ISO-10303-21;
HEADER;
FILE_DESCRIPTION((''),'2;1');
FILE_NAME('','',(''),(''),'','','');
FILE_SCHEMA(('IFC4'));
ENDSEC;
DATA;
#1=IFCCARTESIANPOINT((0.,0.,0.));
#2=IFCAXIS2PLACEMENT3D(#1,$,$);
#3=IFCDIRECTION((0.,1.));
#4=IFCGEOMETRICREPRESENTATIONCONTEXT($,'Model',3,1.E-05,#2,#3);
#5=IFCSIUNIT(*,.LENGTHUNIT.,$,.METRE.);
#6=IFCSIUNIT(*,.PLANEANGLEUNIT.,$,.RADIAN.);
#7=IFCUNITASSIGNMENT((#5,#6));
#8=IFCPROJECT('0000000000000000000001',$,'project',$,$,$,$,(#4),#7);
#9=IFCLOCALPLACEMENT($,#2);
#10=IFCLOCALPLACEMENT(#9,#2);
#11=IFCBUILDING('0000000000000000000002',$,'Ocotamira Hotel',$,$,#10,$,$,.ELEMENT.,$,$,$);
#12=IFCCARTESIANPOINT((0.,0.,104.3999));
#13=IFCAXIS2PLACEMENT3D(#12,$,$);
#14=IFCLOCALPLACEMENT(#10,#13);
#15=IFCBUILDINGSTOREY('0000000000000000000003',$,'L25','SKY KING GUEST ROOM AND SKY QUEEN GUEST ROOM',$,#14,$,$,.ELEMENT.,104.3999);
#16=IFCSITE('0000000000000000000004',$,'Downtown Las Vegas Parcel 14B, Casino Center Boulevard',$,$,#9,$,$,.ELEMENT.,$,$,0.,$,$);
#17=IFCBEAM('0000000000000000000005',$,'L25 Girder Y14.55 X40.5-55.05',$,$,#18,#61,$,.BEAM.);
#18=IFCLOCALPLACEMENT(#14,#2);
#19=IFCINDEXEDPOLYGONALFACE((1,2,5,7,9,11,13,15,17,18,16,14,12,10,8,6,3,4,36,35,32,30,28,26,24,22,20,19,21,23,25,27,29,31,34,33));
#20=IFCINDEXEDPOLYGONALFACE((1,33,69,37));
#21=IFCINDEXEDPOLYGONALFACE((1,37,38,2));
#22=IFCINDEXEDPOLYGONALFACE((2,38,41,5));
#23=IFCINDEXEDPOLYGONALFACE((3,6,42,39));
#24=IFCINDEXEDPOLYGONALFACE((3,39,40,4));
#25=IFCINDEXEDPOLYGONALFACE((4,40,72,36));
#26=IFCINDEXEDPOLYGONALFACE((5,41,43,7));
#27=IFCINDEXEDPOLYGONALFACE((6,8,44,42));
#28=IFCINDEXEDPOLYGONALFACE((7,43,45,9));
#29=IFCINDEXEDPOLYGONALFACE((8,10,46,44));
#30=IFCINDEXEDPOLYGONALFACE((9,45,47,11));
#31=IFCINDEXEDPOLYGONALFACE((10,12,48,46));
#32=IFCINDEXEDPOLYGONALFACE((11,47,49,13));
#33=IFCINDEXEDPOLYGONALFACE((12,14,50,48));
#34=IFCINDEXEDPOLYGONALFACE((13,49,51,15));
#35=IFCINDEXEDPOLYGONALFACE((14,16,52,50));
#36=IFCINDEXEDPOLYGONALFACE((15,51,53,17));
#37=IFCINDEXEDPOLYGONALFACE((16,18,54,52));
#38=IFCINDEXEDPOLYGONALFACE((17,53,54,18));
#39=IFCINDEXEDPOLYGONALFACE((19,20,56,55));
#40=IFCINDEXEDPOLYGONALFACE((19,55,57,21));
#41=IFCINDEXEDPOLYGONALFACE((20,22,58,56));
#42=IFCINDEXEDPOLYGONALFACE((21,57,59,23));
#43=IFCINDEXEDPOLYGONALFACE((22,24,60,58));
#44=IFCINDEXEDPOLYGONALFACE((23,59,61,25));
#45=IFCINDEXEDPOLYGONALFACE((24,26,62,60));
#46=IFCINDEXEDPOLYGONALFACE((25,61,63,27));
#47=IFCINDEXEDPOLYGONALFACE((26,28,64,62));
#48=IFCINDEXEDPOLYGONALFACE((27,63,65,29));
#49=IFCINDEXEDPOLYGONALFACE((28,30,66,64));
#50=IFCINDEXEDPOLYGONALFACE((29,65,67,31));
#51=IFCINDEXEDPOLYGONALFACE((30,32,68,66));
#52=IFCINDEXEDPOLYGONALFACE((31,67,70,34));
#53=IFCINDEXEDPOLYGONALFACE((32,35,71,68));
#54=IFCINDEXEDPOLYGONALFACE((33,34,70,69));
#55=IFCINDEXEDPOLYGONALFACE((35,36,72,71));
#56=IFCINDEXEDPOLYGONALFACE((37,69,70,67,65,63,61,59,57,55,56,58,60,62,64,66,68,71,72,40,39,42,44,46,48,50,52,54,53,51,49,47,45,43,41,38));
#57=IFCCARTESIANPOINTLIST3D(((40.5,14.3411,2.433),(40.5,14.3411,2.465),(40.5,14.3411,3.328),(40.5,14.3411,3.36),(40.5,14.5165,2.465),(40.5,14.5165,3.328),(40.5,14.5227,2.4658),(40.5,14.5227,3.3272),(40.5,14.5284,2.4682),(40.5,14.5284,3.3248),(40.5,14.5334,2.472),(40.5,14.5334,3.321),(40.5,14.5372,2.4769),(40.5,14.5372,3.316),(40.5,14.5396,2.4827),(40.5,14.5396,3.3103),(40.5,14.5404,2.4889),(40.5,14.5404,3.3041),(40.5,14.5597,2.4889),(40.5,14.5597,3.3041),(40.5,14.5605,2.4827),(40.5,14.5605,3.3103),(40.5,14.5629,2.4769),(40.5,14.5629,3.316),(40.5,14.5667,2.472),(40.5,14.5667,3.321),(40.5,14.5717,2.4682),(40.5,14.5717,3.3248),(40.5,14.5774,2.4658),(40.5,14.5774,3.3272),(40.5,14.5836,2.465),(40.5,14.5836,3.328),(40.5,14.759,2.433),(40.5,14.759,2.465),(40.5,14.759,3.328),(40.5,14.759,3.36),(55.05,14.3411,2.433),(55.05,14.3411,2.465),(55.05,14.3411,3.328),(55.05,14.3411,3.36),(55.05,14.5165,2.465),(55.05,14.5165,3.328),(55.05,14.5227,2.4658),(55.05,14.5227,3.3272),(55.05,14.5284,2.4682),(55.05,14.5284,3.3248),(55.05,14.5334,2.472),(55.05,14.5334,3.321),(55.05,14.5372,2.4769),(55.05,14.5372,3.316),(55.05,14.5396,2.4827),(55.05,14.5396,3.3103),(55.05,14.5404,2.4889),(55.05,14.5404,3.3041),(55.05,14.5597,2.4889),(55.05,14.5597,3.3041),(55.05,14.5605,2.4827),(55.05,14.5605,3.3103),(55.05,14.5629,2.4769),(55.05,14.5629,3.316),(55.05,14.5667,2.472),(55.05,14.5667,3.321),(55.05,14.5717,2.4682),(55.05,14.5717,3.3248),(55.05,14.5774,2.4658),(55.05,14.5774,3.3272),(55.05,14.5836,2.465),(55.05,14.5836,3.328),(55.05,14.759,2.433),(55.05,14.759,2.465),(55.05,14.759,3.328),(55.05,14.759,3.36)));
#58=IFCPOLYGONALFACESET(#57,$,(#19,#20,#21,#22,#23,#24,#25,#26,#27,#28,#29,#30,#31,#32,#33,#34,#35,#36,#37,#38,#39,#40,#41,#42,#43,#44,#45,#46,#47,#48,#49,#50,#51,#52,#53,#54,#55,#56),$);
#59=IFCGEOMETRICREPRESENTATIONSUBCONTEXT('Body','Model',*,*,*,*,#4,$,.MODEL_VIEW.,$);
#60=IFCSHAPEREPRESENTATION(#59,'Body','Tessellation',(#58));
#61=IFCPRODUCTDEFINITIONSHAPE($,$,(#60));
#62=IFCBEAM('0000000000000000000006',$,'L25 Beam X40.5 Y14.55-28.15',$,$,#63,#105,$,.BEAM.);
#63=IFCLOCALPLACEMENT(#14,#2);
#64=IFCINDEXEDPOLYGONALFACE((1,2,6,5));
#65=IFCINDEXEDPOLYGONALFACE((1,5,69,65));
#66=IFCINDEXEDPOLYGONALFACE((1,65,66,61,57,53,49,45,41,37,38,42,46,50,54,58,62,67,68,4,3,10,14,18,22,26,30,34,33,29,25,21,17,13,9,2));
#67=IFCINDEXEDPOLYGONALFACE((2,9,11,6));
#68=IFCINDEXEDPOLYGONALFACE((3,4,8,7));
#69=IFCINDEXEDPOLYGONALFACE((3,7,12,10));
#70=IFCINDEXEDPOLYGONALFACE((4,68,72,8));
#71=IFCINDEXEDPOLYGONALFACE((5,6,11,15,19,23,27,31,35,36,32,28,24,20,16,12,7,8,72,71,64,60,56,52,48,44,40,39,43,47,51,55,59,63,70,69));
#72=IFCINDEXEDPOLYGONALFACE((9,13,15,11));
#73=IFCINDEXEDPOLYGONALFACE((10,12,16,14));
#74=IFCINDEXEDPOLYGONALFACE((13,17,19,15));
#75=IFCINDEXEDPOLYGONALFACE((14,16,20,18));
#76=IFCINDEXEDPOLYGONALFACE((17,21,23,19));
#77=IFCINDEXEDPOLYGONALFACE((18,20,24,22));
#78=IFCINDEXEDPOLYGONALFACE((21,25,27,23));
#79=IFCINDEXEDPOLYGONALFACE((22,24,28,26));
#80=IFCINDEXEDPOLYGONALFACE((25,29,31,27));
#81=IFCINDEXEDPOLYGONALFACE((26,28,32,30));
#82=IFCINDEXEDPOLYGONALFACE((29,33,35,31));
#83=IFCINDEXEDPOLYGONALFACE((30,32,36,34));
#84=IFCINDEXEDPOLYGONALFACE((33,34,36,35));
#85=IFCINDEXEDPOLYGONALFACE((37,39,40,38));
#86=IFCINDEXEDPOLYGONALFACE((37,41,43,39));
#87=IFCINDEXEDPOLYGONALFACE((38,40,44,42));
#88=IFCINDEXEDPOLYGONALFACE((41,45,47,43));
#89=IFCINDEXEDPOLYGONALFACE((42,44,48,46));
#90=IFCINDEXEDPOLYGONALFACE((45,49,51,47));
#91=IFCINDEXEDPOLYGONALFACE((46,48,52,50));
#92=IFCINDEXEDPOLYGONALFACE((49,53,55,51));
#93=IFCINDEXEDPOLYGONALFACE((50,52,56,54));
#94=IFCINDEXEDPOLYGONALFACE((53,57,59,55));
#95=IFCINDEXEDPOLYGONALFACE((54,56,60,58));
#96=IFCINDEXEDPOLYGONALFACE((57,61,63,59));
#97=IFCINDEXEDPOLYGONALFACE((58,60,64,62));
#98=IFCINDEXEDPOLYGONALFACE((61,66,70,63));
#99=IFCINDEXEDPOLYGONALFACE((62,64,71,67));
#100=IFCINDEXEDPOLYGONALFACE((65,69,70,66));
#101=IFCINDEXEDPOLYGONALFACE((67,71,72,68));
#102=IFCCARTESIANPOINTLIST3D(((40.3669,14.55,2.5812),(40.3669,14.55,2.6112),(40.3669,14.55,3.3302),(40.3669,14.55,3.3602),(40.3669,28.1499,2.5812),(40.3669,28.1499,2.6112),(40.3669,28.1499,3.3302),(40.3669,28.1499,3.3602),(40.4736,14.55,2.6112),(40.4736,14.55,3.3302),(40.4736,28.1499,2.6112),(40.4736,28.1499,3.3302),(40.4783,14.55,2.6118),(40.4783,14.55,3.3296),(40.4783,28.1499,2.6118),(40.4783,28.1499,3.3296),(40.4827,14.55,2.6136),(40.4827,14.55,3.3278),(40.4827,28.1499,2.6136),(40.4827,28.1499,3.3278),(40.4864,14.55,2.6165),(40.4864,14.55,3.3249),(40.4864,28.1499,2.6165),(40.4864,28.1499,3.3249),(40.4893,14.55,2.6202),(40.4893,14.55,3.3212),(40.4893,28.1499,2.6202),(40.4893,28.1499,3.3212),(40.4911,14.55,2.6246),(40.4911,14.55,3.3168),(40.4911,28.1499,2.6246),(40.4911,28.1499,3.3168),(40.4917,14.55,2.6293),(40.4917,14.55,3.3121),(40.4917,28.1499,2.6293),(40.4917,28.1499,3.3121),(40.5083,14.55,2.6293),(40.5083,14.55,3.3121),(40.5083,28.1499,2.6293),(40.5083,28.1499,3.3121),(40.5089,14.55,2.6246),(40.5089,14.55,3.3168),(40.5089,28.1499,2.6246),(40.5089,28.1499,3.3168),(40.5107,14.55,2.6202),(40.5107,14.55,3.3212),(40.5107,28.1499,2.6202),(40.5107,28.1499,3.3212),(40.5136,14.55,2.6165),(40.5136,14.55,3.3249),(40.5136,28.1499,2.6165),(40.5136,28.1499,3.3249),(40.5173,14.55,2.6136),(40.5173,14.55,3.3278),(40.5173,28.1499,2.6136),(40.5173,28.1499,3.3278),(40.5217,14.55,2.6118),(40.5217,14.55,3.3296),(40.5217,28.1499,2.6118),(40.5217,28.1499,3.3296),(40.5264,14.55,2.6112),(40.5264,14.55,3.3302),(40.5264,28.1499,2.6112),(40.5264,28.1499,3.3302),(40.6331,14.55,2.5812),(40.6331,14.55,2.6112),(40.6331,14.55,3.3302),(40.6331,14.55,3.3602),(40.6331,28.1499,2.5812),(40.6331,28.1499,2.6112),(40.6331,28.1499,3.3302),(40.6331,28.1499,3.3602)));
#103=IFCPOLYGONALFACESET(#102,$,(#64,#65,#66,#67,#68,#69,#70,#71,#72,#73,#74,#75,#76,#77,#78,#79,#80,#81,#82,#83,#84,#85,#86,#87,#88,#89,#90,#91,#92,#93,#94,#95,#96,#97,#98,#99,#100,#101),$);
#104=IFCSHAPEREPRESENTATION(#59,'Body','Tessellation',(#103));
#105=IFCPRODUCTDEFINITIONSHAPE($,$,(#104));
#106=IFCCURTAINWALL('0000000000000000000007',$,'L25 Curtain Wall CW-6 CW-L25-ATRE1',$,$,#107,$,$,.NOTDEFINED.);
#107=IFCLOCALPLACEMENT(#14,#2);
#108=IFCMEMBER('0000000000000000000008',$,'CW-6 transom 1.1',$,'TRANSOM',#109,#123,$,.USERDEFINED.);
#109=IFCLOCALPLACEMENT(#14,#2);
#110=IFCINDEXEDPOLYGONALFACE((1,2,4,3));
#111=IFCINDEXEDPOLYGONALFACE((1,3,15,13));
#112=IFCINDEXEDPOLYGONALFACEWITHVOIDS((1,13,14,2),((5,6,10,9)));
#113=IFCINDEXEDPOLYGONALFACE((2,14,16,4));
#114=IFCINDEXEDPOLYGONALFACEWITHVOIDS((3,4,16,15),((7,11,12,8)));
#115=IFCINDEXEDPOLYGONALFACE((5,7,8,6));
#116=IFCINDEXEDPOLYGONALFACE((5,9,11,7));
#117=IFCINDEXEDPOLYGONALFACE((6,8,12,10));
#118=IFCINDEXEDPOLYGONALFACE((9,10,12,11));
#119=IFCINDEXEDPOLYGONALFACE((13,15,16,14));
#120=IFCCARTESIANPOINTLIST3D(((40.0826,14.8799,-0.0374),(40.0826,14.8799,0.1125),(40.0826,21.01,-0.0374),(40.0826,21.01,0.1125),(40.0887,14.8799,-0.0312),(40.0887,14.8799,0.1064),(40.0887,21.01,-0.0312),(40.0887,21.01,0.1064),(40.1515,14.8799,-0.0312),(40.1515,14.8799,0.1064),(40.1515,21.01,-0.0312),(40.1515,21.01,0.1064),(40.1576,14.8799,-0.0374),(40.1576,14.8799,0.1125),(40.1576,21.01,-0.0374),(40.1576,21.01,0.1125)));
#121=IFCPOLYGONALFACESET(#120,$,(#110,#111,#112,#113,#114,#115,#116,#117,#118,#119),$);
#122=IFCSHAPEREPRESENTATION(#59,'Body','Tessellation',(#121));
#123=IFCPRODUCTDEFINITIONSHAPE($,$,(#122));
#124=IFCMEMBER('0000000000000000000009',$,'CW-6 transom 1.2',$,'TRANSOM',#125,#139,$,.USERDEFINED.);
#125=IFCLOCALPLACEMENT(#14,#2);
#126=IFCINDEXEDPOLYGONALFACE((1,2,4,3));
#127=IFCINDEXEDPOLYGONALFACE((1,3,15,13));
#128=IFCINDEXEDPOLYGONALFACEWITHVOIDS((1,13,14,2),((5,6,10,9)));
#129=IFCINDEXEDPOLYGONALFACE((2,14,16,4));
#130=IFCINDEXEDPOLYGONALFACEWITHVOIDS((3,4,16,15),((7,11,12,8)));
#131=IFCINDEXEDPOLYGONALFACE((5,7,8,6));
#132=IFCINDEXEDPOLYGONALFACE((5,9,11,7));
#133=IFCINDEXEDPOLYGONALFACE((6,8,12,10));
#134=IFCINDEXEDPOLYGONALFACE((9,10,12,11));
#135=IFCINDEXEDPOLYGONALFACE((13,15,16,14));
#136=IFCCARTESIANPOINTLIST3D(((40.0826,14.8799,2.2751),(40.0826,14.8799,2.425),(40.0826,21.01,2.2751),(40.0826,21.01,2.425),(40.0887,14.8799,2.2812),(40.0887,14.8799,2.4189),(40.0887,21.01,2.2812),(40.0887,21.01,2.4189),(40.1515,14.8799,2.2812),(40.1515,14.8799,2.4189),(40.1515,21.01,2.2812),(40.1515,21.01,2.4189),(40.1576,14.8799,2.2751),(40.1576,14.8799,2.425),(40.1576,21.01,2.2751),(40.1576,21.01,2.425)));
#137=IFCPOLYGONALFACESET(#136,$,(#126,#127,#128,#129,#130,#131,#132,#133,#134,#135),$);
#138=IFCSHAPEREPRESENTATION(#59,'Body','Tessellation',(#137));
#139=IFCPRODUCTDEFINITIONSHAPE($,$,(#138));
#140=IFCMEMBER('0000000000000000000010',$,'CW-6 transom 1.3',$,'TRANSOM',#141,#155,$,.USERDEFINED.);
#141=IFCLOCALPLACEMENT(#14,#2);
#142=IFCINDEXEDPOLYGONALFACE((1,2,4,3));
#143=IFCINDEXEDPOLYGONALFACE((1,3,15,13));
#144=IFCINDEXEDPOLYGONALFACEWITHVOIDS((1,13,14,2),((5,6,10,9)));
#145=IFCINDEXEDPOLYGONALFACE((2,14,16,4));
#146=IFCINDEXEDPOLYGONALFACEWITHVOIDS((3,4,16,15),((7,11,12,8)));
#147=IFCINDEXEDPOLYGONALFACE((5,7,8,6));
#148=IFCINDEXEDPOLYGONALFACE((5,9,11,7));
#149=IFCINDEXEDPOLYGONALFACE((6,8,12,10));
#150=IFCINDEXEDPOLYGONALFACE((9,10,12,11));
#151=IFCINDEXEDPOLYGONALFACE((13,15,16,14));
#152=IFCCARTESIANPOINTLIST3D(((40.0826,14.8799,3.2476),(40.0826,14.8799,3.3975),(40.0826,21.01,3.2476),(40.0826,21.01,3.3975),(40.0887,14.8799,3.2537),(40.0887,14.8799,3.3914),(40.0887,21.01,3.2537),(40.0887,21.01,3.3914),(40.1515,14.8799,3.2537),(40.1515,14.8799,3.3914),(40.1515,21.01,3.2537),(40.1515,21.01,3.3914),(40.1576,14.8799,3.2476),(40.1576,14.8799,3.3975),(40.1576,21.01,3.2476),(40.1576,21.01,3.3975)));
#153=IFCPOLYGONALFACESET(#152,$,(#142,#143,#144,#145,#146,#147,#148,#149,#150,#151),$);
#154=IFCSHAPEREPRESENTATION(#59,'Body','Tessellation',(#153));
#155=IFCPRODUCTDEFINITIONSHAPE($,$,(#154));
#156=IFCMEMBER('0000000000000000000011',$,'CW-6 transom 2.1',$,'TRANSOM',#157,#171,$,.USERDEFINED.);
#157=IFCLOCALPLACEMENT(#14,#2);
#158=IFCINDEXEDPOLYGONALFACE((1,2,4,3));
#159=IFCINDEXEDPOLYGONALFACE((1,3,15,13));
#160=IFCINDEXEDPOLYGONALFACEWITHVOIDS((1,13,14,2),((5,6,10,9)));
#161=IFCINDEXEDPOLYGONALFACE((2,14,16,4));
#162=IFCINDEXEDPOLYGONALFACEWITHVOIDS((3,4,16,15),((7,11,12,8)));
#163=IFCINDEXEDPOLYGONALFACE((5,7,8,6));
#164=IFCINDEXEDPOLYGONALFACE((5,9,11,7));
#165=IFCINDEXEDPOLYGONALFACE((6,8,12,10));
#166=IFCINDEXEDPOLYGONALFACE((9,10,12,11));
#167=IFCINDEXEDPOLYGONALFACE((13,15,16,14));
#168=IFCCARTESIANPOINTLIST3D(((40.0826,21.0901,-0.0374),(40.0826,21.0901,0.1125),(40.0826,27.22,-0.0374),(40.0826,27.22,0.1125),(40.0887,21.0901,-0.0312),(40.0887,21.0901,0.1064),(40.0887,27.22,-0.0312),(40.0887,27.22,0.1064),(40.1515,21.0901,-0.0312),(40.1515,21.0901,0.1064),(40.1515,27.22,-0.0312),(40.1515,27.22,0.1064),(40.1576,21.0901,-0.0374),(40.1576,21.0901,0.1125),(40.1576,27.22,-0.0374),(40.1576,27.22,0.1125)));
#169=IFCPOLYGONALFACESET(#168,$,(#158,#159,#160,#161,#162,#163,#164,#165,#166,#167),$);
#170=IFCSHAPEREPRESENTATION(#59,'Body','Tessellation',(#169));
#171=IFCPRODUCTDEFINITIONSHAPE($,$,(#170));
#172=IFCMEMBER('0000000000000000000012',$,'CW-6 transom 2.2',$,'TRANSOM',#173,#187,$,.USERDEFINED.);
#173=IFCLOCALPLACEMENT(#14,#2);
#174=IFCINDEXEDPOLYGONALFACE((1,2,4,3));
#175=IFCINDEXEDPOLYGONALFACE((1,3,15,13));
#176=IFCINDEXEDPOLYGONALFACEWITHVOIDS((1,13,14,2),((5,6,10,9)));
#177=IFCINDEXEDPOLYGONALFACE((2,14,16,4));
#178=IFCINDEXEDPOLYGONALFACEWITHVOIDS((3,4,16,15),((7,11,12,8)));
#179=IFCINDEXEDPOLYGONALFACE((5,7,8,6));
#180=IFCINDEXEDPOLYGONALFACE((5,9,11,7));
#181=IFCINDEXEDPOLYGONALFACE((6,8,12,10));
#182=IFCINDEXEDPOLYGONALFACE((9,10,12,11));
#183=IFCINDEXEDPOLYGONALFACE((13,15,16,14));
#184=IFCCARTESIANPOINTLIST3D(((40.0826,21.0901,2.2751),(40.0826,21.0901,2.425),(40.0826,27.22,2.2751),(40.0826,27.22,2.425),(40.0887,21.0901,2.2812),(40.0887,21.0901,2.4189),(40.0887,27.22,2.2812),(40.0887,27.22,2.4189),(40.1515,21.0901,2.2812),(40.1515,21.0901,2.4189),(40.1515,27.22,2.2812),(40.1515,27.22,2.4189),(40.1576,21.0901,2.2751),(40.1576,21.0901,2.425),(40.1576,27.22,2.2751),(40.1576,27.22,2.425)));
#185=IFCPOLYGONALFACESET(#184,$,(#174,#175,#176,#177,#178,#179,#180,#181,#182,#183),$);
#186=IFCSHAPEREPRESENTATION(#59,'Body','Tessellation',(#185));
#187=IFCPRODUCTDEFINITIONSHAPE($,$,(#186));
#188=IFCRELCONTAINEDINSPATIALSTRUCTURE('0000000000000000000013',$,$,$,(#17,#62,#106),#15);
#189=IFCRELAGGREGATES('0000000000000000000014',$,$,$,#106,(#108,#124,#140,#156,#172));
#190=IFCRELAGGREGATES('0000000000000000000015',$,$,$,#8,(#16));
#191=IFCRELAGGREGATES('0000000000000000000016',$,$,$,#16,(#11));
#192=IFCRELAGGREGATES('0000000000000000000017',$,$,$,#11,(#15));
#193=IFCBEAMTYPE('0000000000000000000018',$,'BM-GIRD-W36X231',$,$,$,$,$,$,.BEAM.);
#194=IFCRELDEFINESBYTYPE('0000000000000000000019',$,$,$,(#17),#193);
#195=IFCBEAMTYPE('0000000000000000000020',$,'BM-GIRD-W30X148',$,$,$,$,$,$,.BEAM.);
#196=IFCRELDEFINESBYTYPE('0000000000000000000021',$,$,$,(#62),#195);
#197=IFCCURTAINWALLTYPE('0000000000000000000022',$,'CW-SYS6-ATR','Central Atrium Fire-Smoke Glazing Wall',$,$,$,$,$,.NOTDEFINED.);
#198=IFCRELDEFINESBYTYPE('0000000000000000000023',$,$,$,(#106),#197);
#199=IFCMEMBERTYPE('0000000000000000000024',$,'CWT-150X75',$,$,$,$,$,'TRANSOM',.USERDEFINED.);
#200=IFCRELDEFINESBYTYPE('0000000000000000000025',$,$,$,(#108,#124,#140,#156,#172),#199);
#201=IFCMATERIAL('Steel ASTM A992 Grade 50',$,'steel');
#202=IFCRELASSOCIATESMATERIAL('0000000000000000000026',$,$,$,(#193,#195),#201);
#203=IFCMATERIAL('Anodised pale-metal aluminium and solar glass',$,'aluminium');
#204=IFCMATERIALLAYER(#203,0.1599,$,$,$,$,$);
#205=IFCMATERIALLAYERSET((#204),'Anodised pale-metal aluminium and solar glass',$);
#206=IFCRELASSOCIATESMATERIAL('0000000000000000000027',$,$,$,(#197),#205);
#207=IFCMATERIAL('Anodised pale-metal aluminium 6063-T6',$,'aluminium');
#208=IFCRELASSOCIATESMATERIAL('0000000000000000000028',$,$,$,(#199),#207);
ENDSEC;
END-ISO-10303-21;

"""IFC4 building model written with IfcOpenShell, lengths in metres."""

from ifc_helpers import new_model, si_unit, direction, frame, origin, origin_2d, place, context, subcontext, project, spatial, hollow_rectangle, i_section, extrude, source, transform, mapped, material, layer, layer_set, material_profile, profile_set, type_object, element, aggregate, save


model = new_model("IFC4")

# Units and contexts
model_context = context("Model", 3, precision=1e-05, world=origin(), true_north=direction((0.0, 1.0)))
body_context = subcontext(model_context, "Body", "Model", "MODEL_VIEW")
ifc_project = project(units=[si_unit("LENGTHUNIT", "METRE"), si_unit("PLANEANGLEUNIT", "RADIAN")], contexts=[model_context])

# Site, building, storey
site_placement = place(None, origin())
site = spatial("IfcSite", under=ifc_project, at=site_placement, Name="Downtown Las Vegas Parcel 14B, Casino Center Boulevard", CompositionType="ELEMENT", RefElevation=0.0)
building_placement = place(site_placement, origin())
building = spatial("IfcBuilding", under=site, at=building_placement, Name="Ocotamira Hotel", CompositionType="ELEMENT")
storey_placement = place(building_placement, frame((0.0, 0.0, 104.3999)))
storey = spatial("IfcBuildingStorey", under=building, at=storey_placement, Name="L25", Description="SKY KING GUEST ROOM AND SKY QUEEN GUEST ROOM", CompositionType="ELEMENT", Elevation=104.3999)

# Beams
ifc_material_1 = material(Name="Steel ASTM A992 Grade 50", Category="steel")
ifc_material_profile_1 = material_profile(ifc_material_1, i_section(OverallWidth=0.418, OverallDepth=0.927, WebThickness=0.0193, FlangeThickness=0.032, FilletRadius=0.0239, at=origin_2d()), Name="W36X231")
ifc_profile_set_1 = profile_set([ifc_material_profile_1], Name="Steel ASTM A992 Grade 50")
beam_type_1 = type_object("IfcBeamType", Name="BM-GIRD-W36X231", PredefinedType="BEAM", material=ifc_profile_set_1)
shared_shape_1 = source(origin(), body_context, "Body", "SweptSolid", [
    extrude(i_section(OverallWidth=0.418, OverallDepth=0.927, WebThickness=0.0193, FlangeThickness=0.032, FilletRadius=0.0239, at=origin_2d()), origin(), (0.0, 0.0, 1.0), 14.55),
])
beam_1_placement = place(storey_placement, frame((40.5, 14.55, 2.8965), z_axis=(1.0, 0.0, 0.0), x_axis=(0.0, 1.0, 0.0)))
element("IfcBeam", 1, at=beam_1_placement, inside=storey, type_object=beam_type_1, Name="L25 Girder Y14.55 X40.5-55.05", PredefinedType="BEAM", context=body_context, shape_type="MappedRepresentation", body=[
    mapped(shared_shape_1, transform((0.0, 0.0, 0.0), scale=1.0)),
])
ifc_material_profile_2 = material_profile(ifc_material_1, i_section(OverallWidth=0.2661, OverallDepth=0.7791, WebThickness=0.0166, FlangeThickness=0.03, FilletRadius=0.0181, at=origin_2d()), Name="W30X148")
ifc_profile_set_2 = profile_set([ifc_material_profile_2], Name="Steel ASTM A992 Grade 50")
beam_type_2 = type_object("IfcBeamType", Name="BM-GIRD-W30X148", PredefinedType="BEAM", material=ifc_profile_set_2)
shared_shape_2 = source(origin(), body_context, "Body", "SweptSolid", [
    extrude(i_section(OverallWidth=0.2661, OverallDepth=0.7791, WebThickness=0.0166, FlangeThickness=0.03, FilletRadius=0.0181, at=origin_2d()), origin(), (0.0, 0.0, 1.0), 13.5999),
])
beam_2_placement = place(storey_placement, frame((40.5, 14.55, 2.9707), z_axis=(0.0, 1.0, 0.0), x_axis=(-1.0, 0.0, 0.0)))
element("IfcBeam", 2, at=beam_2_placement, inside=storey, type_object=beam_type_2, Name="L25 Beam X40.5 Y14.55-28.15", PredefinedType="BEAM", context=body_context, shape_type="MappedRepresentation", body=[
    mapped(shared_shape_2, transform((0.0, 0.0, 0.0), scale=1.0)),
])

# Curtain wall, members
ifc_material_2 = material(Name="Anodised pale-metal aluminium and solar glass", Category="aluminium")
ifc_layer_1 = layer(ifc_material_2, 0.1599)
ifc_layer_set_1 = layer_set([ifc_layer_1], Name="Anodised pale-metal aluminium and solar glass")
curtain_wall_type = type_object("IfcCurtainWallType", Name="CW-SYS6-ATR", Description="Central Atrium Fire-Smoke Glazing Wall", PredefinedType="NOTDEFINED", material=ifc_layer_set_1)
curtain_wall_placement = place(storey_placement, origin())
curtain_wall = element("IfcCurtainWall", 3, at=curtain_wall_placement, inside=storey, type_object=curtain_wall_type, Name="L25 Curtain Wall CW-6 CW-L25-ATRE1", PredefinedType="NOTDEFINED")
ifc_material_3 = material(Name="Anodised pale-metal aluminium 6063-T6", Category="aluminium")
ifc_material_profile_3 = material_profile(ifc_material_3, hollow_rectangle(XDim=0.075, YDim=0.1499, WallThickness=0.0061, at=origin_2d()), Name="HSS150X75X6")
ifc_profile_set_3 = profile_set([ifc_material_profile_3], Name="Anodised pale-metal aluminium 6063-T6")
member_type_1 = type_object("IfcMemberType", Name="CWT-150X75", ElementType="TRANSOM", PredefinedType="USERDEFINED", material=ifc_profile_set_3)
shared_shape_3 = source(origin(), body_context, "Body", "SweptSolid", [
    extrude(hollow_rectangle(XDim=0.075, YDim=0.1499, WallThickness=0.0061, at=origin_2d()), origin(), (0.0, 0.0, 1.0), 6.1301),
])
member_1_placement = place(storey_placement, frame((40.1201, 14.8799, 0.0376), z_axis=(0.0, 1.0, 0.0), x_axis=(-1.0, 0.0, 0.0)))
member_1 = element("IfcMember", 4, at=member_1_placement, type_object=member_type_1, Name="CW-6 transom 1.1", ObjectType="TRANSOM", PredefinedType="USERDEFINED", context=body_context, shape_type="MappedRepresentation", body=[
    mapped(shared_shape_3, transform((0.0, 0.0, 0.0), scale=1.0)),
])
member_2_placement = place(storey_placement, frame((40.1201, 14.8799, 2.3501), z_axis=(0.0, 1.0, 0.0), x_axis=(-1.0, 0.0, 0.0)))
member_2 = element("IfcMember", 5, at=member_2_placement, type_object=member_type_1, Name="CW-6 transom 1.2", ObjectType="TRANSOM", PredefinedType="USERDEFINED", context=body_context, shape_type="MappedRepresentation", body=[
    mapped(shared_shape_3, transform((0.0, 0.0, 0.0), scale=1.0)),
])
member_3_placement = place(storey_placement, frame((40.1201, 14.8799, 3.3225), z_axis=(0.0, 1.0, 0.0), x_axis=(-1.0, 0.0, 0.0)))
member_3 = element("IfcMember", 6, at=member_3_placement, type_object=member_type_1, Name="CW-6 transom 1.3", ObjectType="TRANSOM", PredefinedType="USERDEFINED", context=body_context, shape_type="MappedRepresentation", body=[
    mapped(shared_shape_3, transform((0.0, 0.0, 0.0), scale=1.0)),
])
shared_shape_4 = source(origin(), body_context, "Body", "SweptSolid", [
    extrude(hollow_rectangle(XDim=0.075, YDim=0.1499, WallThickness=0.0061, at=origin_2d()), origin(), (0.0, 0.0, 1.0), 6.1299),
])
member_4_placement = place(storey_placement, frame((40.1201, 21.0901, 0.0376), z_axis=(0.0, 1.0, 0.0), x_axis=(-1.0, 0.0, 0.0)))
member_4 = element("IfcMember", 7, at=member_4_placement, type_object=member_type_1, Name="CW-6 transom 2.1", ObjectType="TRANSOM", PredefinedType="USERDEFINED", context=body_context, shape_type="MappedRepresentation", body=[
    mapped(shared_shape_4, transform((0.0, 0.0, 0.0), scale=1.0)),
])
member_5_placement = place(storey_placement, frame((40.1201, 21.0901, 2.3501), z_axis=(0.0, 1.0, 0.0), x_axis=(-1.0, 0.0, 0.0)))
member_5 = element("IfcMember", 8, at=member_5_placement, type_object=member_type_1, Name="CW-6 transom 2.2", ObjectType="TRANSOM", PredefinedType="USERDEFINED", context=body_context, shape_type="MappedRepresentation", body=[
    mapped(shared_shape_4, transform((0.0, 0.0, 0.0), scale=1.0)),
])
aggregate(curtain_wall, [member_1, member_2, member_3, member_4, member_5])

save(model, "model.ifc")
